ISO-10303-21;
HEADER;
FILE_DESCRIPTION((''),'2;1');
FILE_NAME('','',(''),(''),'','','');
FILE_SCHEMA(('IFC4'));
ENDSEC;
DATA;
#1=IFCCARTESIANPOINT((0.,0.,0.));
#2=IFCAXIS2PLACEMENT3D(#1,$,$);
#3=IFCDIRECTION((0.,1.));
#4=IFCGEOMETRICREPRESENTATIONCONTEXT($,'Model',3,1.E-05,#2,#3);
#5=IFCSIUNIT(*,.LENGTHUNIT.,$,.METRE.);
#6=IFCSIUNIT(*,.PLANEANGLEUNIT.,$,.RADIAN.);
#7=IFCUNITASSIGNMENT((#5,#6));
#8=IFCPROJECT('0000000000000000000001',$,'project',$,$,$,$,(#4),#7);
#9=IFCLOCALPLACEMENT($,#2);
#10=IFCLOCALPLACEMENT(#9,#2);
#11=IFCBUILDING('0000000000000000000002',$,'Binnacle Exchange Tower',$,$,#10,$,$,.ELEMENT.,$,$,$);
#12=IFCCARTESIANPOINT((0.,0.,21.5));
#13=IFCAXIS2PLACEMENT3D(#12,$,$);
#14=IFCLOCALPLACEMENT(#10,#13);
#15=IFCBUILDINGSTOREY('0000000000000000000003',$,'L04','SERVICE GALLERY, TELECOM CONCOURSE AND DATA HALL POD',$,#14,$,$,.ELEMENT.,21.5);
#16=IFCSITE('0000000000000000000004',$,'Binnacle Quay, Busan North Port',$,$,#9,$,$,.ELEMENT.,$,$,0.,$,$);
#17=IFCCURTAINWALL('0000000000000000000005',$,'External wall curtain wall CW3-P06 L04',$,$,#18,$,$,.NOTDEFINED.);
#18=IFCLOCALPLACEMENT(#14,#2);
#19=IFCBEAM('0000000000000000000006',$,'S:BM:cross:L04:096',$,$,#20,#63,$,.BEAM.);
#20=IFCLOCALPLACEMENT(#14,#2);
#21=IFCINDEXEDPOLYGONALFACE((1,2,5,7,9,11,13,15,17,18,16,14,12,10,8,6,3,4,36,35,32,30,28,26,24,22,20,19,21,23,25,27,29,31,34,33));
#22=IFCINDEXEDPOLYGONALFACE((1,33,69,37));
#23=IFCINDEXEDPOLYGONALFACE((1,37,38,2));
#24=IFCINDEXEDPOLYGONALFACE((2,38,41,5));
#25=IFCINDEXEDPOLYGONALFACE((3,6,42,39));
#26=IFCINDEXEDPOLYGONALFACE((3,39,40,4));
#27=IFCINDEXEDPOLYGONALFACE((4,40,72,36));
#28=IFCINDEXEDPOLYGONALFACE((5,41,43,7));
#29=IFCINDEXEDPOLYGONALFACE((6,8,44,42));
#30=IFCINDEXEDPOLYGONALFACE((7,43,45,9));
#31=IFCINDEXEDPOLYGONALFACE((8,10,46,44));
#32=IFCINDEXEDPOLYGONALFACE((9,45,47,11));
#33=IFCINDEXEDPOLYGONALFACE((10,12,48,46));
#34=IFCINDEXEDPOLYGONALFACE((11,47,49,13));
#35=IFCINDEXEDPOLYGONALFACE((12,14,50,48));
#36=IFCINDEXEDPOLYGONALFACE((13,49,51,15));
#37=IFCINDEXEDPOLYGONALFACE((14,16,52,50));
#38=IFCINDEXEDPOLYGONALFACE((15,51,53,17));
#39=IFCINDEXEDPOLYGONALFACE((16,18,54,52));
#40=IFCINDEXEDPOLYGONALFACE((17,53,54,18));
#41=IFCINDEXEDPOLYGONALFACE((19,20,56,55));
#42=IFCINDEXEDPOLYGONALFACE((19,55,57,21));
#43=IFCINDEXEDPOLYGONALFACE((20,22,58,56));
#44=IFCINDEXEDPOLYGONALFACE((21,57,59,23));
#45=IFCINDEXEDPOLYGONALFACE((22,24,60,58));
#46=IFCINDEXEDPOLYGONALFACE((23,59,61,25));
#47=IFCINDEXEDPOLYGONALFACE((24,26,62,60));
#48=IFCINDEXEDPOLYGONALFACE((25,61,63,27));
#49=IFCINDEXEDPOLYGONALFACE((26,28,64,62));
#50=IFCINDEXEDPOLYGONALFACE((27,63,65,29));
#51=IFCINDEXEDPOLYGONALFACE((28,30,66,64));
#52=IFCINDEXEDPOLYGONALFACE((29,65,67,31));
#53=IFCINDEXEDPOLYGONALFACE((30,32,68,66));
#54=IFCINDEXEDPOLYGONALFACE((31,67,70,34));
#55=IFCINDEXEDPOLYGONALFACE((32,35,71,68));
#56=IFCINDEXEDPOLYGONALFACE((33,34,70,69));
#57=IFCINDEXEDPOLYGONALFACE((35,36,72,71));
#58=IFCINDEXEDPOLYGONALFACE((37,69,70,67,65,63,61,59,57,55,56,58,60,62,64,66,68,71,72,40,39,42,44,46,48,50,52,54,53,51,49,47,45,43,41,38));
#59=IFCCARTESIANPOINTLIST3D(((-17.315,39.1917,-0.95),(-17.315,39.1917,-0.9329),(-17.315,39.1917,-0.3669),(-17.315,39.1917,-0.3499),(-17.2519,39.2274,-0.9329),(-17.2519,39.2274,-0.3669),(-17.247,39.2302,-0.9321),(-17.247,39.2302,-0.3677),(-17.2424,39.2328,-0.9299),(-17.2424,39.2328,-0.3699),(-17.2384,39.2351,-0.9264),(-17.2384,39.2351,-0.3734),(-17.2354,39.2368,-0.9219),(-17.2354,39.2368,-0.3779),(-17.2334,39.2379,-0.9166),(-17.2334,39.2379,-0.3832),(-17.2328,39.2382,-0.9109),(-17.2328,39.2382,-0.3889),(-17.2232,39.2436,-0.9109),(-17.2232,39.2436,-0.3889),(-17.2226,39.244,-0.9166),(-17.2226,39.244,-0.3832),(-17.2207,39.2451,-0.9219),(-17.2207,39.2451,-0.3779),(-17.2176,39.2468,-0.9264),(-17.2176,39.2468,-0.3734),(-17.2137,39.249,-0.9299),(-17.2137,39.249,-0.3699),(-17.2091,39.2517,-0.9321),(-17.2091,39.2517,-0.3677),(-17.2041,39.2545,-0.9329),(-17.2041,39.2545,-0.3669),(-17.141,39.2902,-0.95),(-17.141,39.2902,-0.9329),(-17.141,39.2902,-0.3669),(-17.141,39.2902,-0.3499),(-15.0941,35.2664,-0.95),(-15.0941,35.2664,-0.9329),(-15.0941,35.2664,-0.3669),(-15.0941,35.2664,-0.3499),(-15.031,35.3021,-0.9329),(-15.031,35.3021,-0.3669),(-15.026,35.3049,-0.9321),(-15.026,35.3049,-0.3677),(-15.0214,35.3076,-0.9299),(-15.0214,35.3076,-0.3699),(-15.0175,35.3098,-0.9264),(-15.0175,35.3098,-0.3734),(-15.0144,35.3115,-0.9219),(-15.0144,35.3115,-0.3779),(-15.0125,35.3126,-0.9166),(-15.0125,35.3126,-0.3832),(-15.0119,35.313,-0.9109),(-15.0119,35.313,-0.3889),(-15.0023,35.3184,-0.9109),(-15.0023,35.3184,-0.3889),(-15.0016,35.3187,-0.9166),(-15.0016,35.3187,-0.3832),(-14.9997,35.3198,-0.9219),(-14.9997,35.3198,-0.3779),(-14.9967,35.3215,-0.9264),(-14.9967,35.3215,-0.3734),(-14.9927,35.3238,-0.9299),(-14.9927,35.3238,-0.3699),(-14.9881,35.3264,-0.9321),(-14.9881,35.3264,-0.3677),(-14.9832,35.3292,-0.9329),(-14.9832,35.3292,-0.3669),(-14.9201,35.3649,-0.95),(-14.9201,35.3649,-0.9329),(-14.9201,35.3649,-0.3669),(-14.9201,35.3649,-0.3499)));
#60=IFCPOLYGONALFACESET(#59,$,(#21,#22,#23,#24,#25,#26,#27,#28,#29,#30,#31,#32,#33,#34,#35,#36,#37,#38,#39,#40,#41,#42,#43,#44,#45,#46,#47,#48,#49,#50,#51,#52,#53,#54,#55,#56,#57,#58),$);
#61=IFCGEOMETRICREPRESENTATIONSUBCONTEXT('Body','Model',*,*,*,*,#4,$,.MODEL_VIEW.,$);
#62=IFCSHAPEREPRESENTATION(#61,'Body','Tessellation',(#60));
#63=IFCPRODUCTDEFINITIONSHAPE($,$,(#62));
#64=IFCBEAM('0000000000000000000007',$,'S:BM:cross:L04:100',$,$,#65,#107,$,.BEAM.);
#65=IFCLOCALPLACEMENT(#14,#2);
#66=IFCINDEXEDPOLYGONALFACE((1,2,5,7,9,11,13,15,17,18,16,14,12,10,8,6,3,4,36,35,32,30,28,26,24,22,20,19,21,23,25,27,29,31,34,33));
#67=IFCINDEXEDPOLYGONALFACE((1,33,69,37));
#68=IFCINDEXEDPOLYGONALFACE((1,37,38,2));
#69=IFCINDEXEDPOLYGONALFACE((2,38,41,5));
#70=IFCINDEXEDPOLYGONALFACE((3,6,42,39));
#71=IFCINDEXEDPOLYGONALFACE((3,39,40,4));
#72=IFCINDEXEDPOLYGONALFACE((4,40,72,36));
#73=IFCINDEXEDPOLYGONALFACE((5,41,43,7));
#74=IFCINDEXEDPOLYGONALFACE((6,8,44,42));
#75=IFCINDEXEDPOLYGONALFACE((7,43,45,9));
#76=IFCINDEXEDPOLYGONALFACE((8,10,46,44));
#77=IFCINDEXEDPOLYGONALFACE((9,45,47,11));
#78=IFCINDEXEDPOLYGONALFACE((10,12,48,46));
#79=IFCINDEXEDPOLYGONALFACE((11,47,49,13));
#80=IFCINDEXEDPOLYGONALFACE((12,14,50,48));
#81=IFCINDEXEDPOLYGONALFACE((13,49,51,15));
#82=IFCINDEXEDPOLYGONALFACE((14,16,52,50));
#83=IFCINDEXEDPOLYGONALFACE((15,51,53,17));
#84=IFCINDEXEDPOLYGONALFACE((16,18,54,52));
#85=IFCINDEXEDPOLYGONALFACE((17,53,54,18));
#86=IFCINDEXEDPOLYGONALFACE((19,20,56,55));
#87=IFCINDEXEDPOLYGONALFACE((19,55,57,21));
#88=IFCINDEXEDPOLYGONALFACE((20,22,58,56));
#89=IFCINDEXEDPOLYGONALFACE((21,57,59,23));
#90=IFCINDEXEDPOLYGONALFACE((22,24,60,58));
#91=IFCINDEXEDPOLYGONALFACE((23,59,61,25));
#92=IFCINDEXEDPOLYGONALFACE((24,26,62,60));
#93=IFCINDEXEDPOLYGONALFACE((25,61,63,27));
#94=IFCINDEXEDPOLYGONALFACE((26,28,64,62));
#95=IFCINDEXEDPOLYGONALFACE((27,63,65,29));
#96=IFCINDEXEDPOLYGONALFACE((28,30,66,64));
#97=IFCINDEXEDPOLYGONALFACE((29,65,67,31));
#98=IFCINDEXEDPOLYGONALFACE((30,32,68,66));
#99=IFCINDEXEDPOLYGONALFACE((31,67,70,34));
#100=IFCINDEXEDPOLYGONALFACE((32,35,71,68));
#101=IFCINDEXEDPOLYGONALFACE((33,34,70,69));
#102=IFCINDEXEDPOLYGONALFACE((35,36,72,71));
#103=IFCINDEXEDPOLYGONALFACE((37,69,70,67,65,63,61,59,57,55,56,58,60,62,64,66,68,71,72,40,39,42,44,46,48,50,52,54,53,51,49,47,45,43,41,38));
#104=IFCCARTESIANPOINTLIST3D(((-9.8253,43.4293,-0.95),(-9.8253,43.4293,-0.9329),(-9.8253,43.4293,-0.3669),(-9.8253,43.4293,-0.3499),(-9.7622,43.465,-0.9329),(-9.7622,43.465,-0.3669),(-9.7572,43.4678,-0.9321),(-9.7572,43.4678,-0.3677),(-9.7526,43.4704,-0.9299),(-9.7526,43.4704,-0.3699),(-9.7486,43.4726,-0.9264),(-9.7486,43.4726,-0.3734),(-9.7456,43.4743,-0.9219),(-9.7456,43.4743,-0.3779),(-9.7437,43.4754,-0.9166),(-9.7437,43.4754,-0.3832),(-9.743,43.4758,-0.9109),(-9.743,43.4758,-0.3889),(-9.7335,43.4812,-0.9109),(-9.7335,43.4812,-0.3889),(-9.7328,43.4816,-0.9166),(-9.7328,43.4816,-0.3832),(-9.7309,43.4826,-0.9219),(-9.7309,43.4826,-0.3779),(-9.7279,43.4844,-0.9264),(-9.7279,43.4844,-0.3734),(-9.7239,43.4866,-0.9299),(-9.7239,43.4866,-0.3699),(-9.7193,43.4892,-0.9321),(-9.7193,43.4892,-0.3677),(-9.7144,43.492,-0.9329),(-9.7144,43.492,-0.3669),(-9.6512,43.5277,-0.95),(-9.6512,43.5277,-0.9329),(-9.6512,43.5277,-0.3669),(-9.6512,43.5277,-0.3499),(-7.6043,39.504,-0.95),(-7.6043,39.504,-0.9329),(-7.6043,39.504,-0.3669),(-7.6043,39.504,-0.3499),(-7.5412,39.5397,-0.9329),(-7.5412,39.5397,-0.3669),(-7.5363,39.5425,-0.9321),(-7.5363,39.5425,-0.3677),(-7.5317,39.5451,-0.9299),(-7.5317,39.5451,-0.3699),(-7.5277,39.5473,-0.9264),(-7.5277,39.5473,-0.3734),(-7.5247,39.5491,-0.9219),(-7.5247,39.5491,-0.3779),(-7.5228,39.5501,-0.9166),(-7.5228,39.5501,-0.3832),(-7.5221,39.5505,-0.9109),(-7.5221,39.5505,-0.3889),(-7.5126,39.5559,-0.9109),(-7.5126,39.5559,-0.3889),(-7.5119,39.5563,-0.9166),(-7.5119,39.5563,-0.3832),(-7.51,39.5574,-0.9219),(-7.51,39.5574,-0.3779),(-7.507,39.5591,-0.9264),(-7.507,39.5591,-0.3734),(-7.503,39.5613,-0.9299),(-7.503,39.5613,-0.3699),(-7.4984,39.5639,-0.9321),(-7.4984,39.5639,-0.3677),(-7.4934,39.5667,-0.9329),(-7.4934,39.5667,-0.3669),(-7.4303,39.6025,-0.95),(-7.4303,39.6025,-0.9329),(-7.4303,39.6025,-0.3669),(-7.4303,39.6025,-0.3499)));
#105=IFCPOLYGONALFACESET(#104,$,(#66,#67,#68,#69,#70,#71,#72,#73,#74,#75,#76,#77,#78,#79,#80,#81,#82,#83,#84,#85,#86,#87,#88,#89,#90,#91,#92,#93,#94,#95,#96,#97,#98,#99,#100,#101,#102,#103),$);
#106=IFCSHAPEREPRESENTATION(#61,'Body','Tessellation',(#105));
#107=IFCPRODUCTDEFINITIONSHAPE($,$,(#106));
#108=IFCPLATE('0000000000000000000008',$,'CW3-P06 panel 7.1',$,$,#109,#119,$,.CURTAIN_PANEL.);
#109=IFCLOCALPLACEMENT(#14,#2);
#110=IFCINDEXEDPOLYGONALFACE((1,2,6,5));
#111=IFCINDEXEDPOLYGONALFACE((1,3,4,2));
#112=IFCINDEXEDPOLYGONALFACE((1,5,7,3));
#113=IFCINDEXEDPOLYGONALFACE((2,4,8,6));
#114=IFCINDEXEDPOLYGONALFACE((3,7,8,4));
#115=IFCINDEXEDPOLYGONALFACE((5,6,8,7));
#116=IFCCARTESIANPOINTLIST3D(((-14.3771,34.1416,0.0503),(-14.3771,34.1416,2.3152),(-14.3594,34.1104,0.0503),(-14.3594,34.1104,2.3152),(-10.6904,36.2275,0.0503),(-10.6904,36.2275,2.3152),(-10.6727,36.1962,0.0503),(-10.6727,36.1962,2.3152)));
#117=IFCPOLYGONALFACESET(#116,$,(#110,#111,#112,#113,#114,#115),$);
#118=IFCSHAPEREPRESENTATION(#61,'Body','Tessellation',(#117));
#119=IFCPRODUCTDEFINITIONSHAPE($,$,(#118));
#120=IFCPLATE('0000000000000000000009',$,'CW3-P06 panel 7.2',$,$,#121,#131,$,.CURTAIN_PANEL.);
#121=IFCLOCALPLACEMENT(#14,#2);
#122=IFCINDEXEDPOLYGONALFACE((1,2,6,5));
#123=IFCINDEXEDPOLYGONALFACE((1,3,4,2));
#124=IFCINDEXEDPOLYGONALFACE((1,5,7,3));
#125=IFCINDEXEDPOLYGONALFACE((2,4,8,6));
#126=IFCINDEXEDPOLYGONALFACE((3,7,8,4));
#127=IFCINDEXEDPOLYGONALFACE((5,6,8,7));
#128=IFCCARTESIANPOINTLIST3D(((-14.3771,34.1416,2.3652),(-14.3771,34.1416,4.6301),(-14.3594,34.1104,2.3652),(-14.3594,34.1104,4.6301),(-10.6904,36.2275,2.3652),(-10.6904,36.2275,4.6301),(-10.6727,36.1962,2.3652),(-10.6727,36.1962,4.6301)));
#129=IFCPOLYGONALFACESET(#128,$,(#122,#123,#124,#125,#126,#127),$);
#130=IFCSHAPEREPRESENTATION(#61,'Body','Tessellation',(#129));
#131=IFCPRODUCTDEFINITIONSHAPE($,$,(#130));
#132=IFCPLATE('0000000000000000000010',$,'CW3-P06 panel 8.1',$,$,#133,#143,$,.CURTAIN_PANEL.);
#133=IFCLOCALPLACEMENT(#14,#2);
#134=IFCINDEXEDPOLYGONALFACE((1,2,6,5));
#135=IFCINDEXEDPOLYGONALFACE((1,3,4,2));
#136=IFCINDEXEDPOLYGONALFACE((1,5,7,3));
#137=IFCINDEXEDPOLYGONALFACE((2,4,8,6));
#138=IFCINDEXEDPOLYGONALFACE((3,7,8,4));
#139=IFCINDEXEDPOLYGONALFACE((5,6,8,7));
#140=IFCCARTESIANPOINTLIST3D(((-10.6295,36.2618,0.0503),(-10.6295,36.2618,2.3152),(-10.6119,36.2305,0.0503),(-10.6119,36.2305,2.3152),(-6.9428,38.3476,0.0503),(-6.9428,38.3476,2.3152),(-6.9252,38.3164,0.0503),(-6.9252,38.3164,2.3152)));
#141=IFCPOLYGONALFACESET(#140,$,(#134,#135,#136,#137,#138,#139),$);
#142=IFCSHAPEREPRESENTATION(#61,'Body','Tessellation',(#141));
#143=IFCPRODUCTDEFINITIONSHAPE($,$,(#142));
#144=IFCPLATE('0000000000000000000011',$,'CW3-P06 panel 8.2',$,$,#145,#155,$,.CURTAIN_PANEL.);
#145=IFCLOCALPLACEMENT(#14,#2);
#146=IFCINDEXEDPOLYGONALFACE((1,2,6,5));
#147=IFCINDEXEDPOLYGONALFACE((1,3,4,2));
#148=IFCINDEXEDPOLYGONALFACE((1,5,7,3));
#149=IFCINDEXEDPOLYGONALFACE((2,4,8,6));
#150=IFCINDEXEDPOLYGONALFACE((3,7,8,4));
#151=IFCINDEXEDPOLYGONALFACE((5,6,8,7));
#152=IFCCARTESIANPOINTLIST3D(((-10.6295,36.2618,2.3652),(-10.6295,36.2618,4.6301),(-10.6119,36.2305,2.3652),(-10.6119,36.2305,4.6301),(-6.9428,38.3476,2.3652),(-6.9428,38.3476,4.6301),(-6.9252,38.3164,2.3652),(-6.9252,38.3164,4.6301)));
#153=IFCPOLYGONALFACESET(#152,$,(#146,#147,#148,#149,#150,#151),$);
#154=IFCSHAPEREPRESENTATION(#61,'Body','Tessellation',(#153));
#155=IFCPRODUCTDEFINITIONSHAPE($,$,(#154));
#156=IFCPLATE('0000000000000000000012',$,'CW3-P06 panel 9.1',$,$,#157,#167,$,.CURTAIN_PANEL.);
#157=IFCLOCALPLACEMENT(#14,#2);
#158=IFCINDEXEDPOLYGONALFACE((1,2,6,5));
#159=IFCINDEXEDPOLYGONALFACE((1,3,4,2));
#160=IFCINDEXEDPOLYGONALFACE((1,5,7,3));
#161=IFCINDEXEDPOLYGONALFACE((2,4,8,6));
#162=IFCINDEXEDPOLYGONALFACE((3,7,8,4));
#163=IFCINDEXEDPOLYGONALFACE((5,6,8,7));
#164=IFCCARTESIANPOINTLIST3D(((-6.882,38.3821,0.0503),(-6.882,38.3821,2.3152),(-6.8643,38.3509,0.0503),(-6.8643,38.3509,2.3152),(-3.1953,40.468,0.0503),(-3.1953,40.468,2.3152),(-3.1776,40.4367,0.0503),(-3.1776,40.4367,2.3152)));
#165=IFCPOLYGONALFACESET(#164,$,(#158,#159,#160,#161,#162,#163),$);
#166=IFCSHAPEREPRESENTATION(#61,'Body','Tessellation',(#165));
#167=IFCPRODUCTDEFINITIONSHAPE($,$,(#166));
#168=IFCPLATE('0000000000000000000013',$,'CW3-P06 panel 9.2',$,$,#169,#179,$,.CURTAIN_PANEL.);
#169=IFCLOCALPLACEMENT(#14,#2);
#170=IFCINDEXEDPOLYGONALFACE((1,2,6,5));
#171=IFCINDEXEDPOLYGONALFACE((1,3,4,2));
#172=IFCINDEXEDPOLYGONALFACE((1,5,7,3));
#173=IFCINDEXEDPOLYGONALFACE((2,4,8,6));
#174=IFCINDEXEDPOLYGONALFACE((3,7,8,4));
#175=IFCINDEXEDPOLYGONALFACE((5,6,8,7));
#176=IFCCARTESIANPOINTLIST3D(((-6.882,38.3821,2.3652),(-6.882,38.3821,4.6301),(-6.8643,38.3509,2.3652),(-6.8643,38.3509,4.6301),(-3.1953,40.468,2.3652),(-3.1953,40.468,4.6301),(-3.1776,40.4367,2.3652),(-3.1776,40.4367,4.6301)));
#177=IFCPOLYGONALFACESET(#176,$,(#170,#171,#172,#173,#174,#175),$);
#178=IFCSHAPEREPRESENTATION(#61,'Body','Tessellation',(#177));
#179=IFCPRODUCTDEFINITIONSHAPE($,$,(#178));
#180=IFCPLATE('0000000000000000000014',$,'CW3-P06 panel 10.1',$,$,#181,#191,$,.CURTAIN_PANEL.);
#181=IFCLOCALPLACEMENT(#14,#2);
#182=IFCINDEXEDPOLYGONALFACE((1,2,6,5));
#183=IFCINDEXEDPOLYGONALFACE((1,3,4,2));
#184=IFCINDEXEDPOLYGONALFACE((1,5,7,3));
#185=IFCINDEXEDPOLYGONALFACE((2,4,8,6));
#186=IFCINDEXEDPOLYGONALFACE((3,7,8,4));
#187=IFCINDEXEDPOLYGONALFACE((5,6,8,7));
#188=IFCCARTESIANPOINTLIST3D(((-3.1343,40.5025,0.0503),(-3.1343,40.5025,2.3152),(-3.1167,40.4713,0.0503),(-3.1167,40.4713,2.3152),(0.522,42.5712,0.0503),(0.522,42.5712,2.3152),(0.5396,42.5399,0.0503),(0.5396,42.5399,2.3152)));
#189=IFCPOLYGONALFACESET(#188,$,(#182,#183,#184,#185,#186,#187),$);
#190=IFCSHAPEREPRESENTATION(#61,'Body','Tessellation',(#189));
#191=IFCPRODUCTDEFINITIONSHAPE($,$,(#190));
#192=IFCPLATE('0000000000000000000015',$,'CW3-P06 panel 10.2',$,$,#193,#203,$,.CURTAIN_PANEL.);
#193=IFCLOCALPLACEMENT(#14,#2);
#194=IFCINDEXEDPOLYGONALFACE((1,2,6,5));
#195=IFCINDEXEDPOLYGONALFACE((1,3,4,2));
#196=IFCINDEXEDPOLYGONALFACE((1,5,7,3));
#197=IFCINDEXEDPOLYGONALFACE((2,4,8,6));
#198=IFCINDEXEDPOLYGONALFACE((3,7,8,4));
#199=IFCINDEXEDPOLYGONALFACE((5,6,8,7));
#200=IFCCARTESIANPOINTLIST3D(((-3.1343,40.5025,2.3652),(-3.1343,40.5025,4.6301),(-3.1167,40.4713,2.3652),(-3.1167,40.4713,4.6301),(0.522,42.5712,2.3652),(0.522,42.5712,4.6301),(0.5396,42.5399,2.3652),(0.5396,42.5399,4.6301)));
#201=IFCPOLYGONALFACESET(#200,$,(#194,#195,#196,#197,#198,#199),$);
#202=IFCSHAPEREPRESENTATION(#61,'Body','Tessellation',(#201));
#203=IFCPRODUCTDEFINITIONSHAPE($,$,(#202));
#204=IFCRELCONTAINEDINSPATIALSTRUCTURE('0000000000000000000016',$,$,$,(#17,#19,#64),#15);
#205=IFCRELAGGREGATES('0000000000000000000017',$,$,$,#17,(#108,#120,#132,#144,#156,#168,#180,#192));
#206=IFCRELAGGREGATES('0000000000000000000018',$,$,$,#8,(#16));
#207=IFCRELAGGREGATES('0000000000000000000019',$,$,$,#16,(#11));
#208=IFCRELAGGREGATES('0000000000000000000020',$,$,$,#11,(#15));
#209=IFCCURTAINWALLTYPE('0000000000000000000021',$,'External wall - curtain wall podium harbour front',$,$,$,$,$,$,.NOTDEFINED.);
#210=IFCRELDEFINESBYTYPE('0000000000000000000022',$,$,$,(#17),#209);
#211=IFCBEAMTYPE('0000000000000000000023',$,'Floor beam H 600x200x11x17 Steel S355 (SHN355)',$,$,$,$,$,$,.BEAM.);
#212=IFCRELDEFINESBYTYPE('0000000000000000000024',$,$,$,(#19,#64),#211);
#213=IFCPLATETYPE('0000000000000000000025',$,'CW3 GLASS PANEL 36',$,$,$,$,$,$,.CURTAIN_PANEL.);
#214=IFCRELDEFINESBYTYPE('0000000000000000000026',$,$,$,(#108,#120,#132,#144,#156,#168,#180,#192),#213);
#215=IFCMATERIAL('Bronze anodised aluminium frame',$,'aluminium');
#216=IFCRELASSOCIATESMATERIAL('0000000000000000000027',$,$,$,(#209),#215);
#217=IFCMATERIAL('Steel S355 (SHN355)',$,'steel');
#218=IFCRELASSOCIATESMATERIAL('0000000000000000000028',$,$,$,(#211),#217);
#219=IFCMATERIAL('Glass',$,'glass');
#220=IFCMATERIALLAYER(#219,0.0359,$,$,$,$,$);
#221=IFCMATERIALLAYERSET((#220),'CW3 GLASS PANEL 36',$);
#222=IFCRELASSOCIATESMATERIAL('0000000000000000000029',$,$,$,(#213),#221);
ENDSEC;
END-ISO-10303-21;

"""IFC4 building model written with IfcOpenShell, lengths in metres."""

from ifc_helpers import new_model, si_unit, direction, frame, origin, origin_2d, place, context, subcontext, project, spatial, rectangle, i_section, extrude, material, layer, layer_set, material_profile, profile_set, type_object, element, aggregate, save


model = new_model("IFC4")

# Units and contexts
model_context = context("Model", 3, precision=1e-05, world=origin(), true_north=direction((0.0, 1.0)))
body_context = subcontext(model_context, "Body", "Model", "MODEL_VIEW")
ifc_project = project(units=[si_unit("LENGTHUNIT", "METRE"), si_unit("PLANEANGLEUNIT", "RADIAN")], contexts=[model_context])

# Site, building, storey
site_placement = place(None, origin())
site = spatial("IfcSite", under=ifc_project, at=site_placement, Name="Binnacle Quay, Busan North Port", CompositionType="ELEMENT", RefElevation=0.0)
building_placement = place(site_placement, origin())
building = spatial("IfcBuilding", under=site, at=building_placement, Name="Binnacle Exchange Tower", CompositionType="ELEMENT")
storey_placement = place(building_placement, frame((0.0, 0.0, 21.5)))
storey = spatial("IfcBuildingStorey", under=building, at=storey_placement, Name="L04", Description="SERVICE GALLERY, TELECOM CONCOURSE AND DATA HALL POD", CompositionType="ELEMENT", Elevation=21.5)

# Curtain wall
ifc_material_1 = material(Name="Bronze anodised aluminium frame", Category="aluminium")
curtain_wall_type = type_object("IfcCurtainWallType", Name="External wall - curtain wall podium harbour front", PredefinedType="NOTDEFINED", material=ifc_material_1)
curtain_wall_placement = place(storey_placement, origin())
curtain_wall = element("IfcCurtainWall", 1, at=curtain_wall_placement, inside=storey, type_object=curtain_wall_type, Name="External wall curtain wall CW3-P06 L04", PredefinedType="NOTDEFINED")

# Beams
ifc_material_2 = material(Name="Steel S355 (SHN355)", Category="steel")
ifc_material_profile_1 = material_profile(ifc_material_2, i_section(OverallWidth=0.2, OverallDepth=0.6001, WebThickness=0.011, FlangeThickness=0.0171, FilletRadius=0.022, at=origin_2d()), Name="H 600x200x11x17")
ifc_profile_set_1 = profile_set([ifc_material_profile_1], Name="Steel S355 (SHN355)")
beam_type_1 = type_object("IfcBeamType", Name="Floor beam H 600x200x11x17 Steel S355 (SHN355)", PredefinedType="BEAM", material=ifc_profile_set_1)
for number, where, z_axis, x_axis, name in (
    (2, (-15.0071, 35.3157, -0.6499), (-0.492444, 0.870344, 0.0), (-0.870344, -0.492444, 0.0), "S:BM:cross:L04:096"),
    (3, (-7.5173, 39.5532, -0.6499), (-0.492444, 0.870344, 0.0), (-0.870344, -0.492444, 0.0), "S:BM:cross:L04:100"),
):
    element("IfcBeam", number, at=place(storey_placement, frame(where, z_axis=z_axis, x_axis=x_axis)), inside=storey, type_object=beam_type_1, Name=name, PredefinedType="BEAM", context=body_context, shape_type="SweptSolid", body=[
        extrude(i_section(OverallWidth=0.2, OverallDepth=0.6001, WebThickness=0.011, FlangeThickness=0.0171, FilletRadius=0.022, at=origin_2d()), origin(), (0.0, 0.0, 1.0), 4.51),
    ])

# Plates
ifc_material_3 = material(Name="Glass", Category="glass")
ifc_layer = layer(ifc_material_3, 0.0359)
ifc_layer_set = layer_set([ifc_layer], Name="CW3 GLASS PANEL 36")
plate_type = type_object("IfcPlateType", Name="CW3 GLASS PANEL 36", PredefinedType="CURTAIN_PANEL", material=ifc_layer_set)
plate_1_placement = place(storey_placement, frame((-12.5249, 35.1689, 0.0503), z_axis=(0.0, 0.0, 1.0), x_axis=(0.870356, 0.492424, 0.0)))
plate_1 = element("IfcPlate", 4, at=plate_1_placement, type_object=plate_type, Name="CW3-P06 panel 7.1", PredefinedType="CURTAIN_PANEL", context=body_context, shape_type="SweptSolid", body=[
    extrude(rectangle(XDim=4.2358, YDim=0.0359, at=origin_2d()), origin(), (0.0, 0.0, 1.0), 2.2649),
])
plate_2_placement = place(storey_placement, frame((-12.5249, 35.1689, 2.3652), z_axis=(0.0, 0.0, 1.0), x_axis=(0.870356, 0.492424, 0.0)))
plate_2 = element("IfcPlate", 5, at=plate_2_placement, type_object=plate_type, Name="CW3-P06 panel 7.2", PredefinedType="CURTAIN_PANEL", context=body_context, shape_type="SweptSolid", body=[
    extrude(rectangle(XDim=4.2358, YDim=0.0359, at=origin_2d()), origin(), (0.0, 0.0, 1.0), 2.2649),
])
plate_3_placement = place(storey_placement, frame((-8.7773, 37.2891, 0.0503), z_axis=(0.0, 0.0, 1.0), x_axis=(0.870356, 0.492424, 0.0)))
plate_3 = element("IfcPlate", 6, at=plate_3_placement, type_object=plate_type, Name="CW3-P06 panel 8.1", PredefinedType="CURTAIN_PANEL", context=body_context, shape_type="SweptSolid", body=[
    extrude(rectangle(XDim=4.2358, YDim=0.0359, at=origin_2d()), origin(), (0.0, 0.0, 1.0), 2.2649),
])
plate_4_placement = place(storey_placement, frame((-8.7773, 37.2891, 2.3652), z_axis=(0.0, 0.0, 1.0), x_axis=(0.870356, 0.492424, 0.0)))
plate_4 = element("IfcPlate", 7, at=plate_4_placement, type_object=plate_type, Name="CW3-P06 panel 8.2", PredefinedType="CURTAIN_PANEL", context=body_context, shape_type="SweptSolid", body=[
    extrude(rectangle(XDim=4.2358, YDim=0.0359, at=origin_2d()), origin(), (0.0, 0.0, 1.0), 2.2649),
])
plate_5_placement = place(storey_placement, frame((-5.0298, 39.4094, 0.0503), z_axis=(0.0, 0.0, 1.0), x_axis=(0.870356, 0.492424, 0.0)))
plate_5 = element("IfcPlate", 8, at=plate_5_placement, type_object=plate_type, Name="CW3-P06 panel 9.1", PredefinedType="CURTAIN_PANEL", context=body_context, shape_type="SweptSolid", body=[
    extrude(rectangle(XDim=4.2358, YDim=0.0359, at=origin_2d()), origin(), (0.0, 0.0, 1.0), 2.2649),
])
plate_6_placement = place(storey_placement, frame((-5.0298, 39.4094, 2.3652), z_axis=(0.0, 0.0, 1.0), x_axis=(0.870356, 0.492424, 0.0)))
plate_6 = element("IfcPlate", 9, at=plate_6_placement, type_object=plate_type, Name="CW3-P06 panel 9.2", PredefinedType="CURTAIN_PANEL", context=body_context, shape_type="SweptSolid", body=[
    extrude(rectangle(XDim=4.2358, YDim=0.0359, at=origin_2d()), origin(), (0.0, 0.0, 1.0), 2.2649),
])
plate_7_placement = place(storey_placement, frame((-1.2974, 41.5212, 0.0503), z_axis=(0.0, 0.0, 1.0), x_axis=(0.870356, 0.492424, 0.0)))
plate_7 = element("IfcPlate", 10, at=plate_7_placement, type_object=plate_type, Name="CW3-P06 panel 10.1", PredefinedType="CURTAIN_PANEL", context=body_context, shape_type="SweptSolid", body=[
    extrude(rectangle(XDim=4.2009, YDim=0.0359, at=origin_2d()), origin(), (0.0, 0.0, 1.0), 2.2649),
])
plate_8_placement = place(storey_placement, frame((-1.2974, 41.5212, 2.3652), z_axis=(0.0, 0.0, 1.0), x_axis=(0.870356, 0.492424, 0.0)))
plate_8 = element("IfcPlate", 11, at=plate_8_placement, type_object=plate_type, Name="CW3-P06 panel 10.2", PredefinedType="CURTAIN_PANEL", context=body_context, shape_type="SweptSolid", body=[
    extrude(rectangle(XDim=4.2009, YDim=0.0359, at=origin_2d()), origin(), (0.0, 0.0, 1.0), 2.2649),
])
aggregate(curtain_wall, [plate_1, plate_2, plate_3, plate_4, plate_5, plate_6, plate_7, plate_8])

save(model, "model.ifc")
